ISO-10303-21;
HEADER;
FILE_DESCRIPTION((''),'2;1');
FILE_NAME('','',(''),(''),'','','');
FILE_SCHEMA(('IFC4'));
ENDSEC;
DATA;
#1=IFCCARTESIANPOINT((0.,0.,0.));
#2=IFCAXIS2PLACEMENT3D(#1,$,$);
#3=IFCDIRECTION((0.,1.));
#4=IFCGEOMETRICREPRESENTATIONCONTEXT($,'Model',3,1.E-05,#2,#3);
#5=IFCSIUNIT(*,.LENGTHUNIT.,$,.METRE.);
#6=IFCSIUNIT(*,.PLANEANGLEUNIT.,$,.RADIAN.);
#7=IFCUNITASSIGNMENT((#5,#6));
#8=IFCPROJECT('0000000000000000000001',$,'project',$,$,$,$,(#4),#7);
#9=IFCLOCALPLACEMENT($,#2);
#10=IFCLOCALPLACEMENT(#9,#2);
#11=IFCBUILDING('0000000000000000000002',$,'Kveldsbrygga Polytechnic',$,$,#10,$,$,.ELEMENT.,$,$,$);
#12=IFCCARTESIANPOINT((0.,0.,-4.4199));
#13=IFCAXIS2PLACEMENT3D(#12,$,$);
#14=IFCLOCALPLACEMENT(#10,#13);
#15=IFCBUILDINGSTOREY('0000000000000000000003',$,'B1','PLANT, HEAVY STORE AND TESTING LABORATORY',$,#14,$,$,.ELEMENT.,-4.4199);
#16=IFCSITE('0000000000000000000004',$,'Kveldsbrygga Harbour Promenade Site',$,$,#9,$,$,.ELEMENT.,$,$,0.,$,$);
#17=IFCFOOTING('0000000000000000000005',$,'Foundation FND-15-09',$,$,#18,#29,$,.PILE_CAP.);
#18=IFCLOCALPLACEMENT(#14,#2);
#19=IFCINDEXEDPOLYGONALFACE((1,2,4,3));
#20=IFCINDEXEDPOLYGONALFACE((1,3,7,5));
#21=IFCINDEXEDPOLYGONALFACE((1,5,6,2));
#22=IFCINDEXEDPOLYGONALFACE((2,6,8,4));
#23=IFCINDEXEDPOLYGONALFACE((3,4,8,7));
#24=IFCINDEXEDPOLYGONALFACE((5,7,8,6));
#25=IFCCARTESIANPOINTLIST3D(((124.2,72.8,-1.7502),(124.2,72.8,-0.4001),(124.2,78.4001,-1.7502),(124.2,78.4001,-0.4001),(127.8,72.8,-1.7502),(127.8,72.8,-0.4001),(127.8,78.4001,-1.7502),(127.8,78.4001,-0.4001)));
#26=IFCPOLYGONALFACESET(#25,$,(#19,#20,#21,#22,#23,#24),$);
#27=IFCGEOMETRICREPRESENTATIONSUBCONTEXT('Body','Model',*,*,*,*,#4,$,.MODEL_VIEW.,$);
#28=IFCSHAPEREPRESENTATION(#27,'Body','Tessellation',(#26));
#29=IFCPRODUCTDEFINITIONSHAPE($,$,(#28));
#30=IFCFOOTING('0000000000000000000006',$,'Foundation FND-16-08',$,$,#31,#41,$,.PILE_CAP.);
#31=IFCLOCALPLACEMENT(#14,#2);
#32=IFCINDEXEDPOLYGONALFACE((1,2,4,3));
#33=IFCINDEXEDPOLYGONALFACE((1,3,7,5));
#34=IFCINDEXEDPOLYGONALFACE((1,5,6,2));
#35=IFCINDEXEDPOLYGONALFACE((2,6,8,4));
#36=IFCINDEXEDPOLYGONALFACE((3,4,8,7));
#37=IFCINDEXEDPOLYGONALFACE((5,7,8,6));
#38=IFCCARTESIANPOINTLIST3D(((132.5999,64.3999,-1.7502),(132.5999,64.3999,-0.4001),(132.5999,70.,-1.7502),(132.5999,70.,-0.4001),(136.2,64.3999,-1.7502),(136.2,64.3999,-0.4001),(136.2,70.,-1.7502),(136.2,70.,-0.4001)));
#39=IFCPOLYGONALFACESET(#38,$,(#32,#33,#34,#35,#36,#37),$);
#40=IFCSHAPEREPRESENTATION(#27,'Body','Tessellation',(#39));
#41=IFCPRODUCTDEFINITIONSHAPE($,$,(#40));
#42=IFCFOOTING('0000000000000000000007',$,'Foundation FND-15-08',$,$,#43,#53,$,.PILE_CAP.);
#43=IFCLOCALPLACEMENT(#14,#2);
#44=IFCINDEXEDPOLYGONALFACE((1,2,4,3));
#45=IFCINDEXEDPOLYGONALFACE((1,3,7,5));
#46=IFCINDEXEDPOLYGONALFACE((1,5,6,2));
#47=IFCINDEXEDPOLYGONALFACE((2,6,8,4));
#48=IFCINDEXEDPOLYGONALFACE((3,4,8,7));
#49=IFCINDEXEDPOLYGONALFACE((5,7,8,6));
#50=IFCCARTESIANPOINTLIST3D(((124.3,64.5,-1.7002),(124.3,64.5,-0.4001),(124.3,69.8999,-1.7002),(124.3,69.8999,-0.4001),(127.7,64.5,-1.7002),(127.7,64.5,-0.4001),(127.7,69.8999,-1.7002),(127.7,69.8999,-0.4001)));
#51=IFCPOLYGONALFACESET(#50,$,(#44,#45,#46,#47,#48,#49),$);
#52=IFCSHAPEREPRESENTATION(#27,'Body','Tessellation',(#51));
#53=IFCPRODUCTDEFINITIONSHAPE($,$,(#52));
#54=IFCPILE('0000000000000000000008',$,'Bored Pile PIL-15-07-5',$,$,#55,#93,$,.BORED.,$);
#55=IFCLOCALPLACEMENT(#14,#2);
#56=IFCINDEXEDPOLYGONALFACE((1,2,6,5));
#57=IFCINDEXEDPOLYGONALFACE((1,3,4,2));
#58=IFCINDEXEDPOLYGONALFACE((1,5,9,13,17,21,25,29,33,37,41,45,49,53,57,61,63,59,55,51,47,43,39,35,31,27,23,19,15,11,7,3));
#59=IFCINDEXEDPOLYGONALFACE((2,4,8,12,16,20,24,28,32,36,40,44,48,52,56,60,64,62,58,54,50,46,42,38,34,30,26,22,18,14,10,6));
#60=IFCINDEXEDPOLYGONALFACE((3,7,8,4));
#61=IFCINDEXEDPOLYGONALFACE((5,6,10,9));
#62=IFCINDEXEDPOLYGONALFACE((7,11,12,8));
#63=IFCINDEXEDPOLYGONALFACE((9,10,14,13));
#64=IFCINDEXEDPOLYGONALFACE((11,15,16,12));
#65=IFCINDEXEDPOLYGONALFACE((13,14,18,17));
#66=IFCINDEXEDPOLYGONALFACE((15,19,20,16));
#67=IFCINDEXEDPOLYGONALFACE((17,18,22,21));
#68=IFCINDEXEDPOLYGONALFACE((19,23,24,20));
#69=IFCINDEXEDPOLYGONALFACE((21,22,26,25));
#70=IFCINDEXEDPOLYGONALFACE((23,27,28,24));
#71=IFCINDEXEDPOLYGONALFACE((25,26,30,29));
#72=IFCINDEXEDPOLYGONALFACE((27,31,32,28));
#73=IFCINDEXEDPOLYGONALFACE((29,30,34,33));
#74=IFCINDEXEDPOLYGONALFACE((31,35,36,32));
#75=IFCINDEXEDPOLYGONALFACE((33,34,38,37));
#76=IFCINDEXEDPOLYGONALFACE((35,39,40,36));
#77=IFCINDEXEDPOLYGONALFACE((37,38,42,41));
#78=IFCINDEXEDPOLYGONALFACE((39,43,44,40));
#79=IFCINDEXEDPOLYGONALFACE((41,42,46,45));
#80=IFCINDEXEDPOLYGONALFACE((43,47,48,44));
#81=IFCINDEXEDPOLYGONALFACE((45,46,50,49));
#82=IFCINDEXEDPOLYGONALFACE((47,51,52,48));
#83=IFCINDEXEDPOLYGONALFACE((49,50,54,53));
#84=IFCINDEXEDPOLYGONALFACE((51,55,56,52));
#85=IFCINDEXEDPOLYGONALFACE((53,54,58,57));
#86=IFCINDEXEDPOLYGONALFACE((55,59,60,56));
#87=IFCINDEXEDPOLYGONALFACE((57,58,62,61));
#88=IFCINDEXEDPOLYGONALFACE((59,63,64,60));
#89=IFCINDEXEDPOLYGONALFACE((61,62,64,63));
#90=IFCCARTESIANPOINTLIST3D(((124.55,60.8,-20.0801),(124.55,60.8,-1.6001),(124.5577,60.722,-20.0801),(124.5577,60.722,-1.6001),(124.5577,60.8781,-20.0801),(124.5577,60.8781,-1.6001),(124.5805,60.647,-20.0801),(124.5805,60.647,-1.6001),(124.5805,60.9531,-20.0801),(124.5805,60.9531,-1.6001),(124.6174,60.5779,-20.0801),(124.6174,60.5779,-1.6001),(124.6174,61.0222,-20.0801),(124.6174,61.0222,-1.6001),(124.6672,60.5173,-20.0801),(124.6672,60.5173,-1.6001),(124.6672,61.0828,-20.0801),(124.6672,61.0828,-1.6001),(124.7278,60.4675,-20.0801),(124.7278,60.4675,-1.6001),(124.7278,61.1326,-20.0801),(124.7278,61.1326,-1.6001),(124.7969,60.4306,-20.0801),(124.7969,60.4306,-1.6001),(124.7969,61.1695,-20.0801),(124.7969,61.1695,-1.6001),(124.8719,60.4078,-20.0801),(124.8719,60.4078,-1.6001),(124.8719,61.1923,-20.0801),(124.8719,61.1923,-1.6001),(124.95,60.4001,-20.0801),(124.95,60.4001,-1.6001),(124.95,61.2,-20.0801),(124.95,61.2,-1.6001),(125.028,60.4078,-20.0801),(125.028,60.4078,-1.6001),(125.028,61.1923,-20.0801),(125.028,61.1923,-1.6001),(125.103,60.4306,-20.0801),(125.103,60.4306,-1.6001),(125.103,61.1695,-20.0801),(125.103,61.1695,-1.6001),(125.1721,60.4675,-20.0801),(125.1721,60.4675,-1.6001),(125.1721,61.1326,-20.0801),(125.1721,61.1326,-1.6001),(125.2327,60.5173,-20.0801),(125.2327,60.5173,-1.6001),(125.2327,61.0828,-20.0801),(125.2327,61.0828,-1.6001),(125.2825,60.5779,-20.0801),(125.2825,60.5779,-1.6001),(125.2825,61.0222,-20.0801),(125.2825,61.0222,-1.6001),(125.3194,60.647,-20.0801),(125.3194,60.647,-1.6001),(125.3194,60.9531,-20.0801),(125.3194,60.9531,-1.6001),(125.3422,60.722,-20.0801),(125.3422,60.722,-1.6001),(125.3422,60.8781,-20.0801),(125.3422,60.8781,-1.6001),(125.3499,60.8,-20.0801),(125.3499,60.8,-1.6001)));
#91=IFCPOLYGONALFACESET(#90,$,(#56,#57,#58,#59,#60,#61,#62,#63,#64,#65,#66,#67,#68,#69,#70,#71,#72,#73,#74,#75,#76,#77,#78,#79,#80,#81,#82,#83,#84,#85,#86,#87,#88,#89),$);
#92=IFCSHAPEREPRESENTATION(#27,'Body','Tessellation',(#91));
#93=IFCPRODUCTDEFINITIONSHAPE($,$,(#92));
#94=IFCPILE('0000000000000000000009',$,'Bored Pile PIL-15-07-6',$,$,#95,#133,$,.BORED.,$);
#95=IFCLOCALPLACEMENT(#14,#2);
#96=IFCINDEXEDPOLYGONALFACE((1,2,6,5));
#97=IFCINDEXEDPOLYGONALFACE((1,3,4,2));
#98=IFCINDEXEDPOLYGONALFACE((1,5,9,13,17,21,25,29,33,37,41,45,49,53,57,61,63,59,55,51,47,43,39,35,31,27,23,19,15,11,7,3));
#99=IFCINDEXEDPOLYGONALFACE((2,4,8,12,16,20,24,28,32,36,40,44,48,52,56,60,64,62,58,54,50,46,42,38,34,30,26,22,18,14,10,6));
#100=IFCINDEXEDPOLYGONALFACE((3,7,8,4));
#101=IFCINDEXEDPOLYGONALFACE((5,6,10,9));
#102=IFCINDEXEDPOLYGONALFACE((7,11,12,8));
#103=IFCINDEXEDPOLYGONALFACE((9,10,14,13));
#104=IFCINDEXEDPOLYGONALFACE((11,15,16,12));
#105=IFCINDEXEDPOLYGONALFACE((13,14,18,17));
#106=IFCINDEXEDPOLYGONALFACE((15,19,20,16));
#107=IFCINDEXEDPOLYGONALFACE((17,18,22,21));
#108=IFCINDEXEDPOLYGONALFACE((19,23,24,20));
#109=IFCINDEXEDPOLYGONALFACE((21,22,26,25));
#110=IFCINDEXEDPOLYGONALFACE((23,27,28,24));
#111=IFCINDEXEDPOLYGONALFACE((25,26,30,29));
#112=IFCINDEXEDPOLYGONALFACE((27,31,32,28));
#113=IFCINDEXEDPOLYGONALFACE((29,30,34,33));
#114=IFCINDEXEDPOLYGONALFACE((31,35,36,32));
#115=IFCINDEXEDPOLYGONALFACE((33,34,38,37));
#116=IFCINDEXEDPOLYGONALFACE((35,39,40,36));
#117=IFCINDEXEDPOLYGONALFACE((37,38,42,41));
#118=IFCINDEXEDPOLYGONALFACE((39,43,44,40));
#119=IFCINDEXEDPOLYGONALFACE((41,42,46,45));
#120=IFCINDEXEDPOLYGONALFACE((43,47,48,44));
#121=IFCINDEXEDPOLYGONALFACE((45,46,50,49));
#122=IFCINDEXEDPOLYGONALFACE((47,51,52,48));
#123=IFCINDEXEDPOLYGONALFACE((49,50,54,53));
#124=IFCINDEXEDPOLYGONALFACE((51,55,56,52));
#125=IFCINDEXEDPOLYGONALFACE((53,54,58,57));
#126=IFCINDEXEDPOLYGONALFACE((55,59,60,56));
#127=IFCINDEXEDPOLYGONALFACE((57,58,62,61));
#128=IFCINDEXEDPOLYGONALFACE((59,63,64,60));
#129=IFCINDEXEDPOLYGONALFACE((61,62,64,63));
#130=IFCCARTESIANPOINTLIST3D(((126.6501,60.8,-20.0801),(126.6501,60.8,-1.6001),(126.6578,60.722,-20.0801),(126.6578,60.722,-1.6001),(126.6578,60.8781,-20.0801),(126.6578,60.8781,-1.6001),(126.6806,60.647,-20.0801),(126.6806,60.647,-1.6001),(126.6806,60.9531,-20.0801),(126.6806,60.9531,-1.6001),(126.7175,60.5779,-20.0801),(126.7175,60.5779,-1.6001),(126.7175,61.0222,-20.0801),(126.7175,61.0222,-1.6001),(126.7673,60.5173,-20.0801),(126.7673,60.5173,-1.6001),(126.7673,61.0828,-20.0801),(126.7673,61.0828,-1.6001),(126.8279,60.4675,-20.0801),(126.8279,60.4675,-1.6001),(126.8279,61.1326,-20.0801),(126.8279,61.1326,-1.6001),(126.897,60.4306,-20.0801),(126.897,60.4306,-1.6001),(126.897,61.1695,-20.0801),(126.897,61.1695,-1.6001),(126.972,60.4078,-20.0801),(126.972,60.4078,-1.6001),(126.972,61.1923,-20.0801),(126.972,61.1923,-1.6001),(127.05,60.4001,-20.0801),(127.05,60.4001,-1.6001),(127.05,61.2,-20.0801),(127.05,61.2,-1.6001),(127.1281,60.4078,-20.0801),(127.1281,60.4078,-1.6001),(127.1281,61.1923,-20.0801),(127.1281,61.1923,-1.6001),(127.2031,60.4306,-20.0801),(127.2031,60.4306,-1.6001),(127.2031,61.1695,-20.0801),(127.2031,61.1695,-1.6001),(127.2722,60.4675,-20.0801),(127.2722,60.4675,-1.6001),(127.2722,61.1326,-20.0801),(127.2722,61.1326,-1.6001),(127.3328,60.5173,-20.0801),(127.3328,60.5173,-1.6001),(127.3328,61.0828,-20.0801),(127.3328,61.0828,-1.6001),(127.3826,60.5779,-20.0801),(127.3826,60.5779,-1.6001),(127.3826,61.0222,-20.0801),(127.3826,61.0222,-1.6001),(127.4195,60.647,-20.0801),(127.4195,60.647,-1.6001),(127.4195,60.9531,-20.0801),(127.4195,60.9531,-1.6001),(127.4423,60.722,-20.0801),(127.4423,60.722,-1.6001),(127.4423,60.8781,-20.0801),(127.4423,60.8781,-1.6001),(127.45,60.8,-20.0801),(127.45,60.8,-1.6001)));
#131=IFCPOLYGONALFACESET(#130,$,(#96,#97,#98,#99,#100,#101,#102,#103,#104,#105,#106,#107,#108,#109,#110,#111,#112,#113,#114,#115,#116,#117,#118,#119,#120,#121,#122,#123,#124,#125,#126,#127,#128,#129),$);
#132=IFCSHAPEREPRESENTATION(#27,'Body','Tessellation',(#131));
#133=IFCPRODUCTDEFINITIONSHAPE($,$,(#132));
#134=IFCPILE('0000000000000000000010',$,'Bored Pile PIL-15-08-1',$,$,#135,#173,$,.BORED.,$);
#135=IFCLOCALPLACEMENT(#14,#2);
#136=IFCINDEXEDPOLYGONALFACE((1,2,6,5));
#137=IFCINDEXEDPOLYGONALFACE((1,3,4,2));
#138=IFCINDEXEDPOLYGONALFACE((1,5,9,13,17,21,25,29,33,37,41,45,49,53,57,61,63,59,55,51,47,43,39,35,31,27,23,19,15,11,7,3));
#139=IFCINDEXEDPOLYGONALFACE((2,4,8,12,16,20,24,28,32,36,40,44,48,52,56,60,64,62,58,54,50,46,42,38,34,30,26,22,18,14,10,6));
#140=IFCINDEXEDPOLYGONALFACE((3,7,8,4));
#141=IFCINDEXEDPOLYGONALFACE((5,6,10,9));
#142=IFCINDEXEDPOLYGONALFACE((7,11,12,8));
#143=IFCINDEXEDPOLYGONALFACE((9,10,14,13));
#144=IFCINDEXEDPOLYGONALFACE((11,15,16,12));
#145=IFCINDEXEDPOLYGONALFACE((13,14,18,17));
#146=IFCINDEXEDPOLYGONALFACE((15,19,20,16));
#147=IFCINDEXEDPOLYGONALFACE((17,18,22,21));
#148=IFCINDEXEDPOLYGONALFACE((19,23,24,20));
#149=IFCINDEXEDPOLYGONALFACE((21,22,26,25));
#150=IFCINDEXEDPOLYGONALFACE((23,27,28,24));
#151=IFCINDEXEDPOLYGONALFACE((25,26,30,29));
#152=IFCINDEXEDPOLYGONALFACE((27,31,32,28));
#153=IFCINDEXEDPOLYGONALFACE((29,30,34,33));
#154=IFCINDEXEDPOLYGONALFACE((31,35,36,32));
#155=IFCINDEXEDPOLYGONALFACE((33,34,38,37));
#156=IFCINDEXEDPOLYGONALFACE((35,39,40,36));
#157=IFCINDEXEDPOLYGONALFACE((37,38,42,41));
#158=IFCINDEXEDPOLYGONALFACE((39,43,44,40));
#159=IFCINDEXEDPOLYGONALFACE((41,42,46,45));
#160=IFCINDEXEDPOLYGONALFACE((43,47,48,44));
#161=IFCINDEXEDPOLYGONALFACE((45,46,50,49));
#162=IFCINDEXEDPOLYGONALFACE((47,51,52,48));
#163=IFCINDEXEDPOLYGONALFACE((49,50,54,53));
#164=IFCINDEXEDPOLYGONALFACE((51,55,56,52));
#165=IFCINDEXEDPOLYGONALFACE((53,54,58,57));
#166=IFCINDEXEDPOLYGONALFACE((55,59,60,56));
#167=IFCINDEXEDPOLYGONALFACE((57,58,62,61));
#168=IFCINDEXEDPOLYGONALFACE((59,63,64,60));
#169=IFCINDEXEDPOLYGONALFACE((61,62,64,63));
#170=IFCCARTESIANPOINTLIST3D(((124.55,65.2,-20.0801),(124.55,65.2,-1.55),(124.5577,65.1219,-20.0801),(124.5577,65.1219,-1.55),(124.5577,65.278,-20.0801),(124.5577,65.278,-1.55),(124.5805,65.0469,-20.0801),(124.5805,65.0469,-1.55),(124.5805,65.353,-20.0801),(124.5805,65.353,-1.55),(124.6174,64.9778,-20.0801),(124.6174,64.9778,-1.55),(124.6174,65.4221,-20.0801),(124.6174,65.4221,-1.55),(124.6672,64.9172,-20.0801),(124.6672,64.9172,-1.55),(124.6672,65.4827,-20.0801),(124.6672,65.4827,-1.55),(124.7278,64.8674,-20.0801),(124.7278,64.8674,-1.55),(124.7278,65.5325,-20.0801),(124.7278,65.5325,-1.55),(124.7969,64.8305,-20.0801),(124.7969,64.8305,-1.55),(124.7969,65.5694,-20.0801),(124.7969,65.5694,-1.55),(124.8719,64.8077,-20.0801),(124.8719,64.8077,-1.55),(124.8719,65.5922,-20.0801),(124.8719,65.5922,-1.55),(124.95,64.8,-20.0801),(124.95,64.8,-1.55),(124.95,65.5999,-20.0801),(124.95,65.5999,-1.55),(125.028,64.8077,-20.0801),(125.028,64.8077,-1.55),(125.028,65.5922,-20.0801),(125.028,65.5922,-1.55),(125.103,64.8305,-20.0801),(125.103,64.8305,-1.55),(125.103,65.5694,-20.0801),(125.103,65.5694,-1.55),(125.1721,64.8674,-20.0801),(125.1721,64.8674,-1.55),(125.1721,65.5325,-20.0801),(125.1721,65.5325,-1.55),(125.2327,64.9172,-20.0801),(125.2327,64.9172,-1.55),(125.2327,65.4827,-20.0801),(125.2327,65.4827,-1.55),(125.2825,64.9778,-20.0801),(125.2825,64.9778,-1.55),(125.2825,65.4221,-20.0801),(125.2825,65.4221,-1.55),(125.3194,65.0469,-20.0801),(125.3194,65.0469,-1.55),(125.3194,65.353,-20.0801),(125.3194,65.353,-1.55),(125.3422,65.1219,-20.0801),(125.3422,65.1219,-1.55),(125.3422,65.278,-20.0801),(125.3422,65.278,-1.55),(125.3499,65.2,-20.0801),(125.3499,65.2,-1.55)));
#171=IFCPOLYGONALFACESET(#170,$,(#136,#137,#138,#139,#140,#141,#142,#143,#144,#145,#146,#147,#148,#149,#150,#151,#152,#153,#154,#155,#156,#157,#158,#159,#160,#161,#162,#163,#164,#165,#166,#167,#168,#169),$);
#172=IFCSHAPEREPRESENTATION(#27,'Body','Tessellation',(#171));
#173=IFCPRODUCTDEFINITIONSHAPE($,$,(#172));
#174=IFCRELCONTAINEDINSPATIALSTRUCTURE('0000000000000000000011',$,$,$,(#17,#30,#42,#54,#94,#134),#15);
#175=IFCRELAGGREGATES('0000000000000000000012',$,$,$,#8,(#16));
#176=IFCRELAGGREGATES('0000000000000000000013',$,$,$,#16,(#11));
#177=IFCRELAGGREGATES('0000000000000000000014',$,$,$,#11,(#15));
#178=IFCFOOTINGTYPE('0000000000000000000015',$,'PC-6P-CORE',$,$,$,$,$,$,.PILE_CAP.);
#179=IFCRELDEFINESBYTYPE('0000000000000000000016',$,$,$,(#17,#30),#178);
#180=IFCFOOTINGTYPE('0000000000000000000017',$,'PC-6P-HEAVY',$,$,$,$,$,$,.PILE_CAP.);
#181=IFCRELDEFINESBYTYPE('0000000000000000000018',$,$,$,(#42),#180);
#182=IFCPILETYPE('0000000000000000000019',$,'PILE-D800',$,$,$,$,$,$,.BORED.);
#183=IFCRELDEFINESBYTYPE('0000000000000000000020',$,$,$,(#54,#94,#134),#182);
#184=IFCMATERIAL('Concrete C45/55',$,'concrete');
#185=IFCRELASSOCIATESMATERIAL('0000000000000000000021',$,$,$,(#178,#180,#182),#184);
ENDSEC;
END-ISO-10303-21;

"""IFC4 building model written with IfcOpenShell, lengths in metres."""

from ifc_helpers import new_model, si_unit, direction, frame, origin, origin_2d, place, context, subcontext, project, spatial, rectangle, circle, extrude, material, material_profile, profile_set, type_object, element, save


model = new_model("IFC4")

# Units and contexts
model_context = context("Model", 3, precision=1e-05, world=origin(), true_north=direction((0.0, 1.0)))
body_context = subcontext(model_context, "Body", "Model", "MODEL_VIEW")
ifc_project = project(units=[si_unit("LENGTHUNIT", "METRE"), si_unit("PLANEANGLEUNIT", "RADIAN")], contexts=[model_context])

# Site, building, storey
site_placement = place(None, origin())
site = spatial("IfcSite", under=ifc_project, at=site_placement, Name="Kveldsbrygga Harbour Promenade Site", CompositionType="ELEMENT", RefElevation=0.0)
building_placement = place(site_placement, origin())
building = spatial("IfcBuilding", under=site, at=building_placement, Name="Kveldsbrygga Polytechnic", CompositionType="ELEMENT")
storey_placement = place(building_placement, frame((0.0, 0.0, -4.4199)))
storey = spatial("IfcBuildingStorey", under=building, at=storey_placement, Name="B1", Description="PLANT, HEAVY STORE AND TESTING LABORATORY", CompositionType="ELEMENT", Elevation=-4.4199)

# Footings
ifc_material_1 = material(Name="Concrete C45/55", Category="concrete")
footing_type_1 = type_object("IfcFootingType", Name="PC-6P-CORE", PredefinedType="PILE_CAP", material=ifc_material_1)
for number, where, z_axis, x_axis, name in (
    (1, (126.0, 75.6001, -1.7502), (0.0, 0.0, 1.0), (1.0, 0.0, 0.0), "Foundation FND-15-09"),
    (2, (134.3999, 67.2, -1.7502), (0.0, 0.0, 1.0), (1.0, 0.0, 0.0), "Foundation FND-16-08"),
):
    element("IfcFooting", number, at=place(storey_placement, frame(where, z_axis=z_axis, x_axis=x_axis)), inside=storey, type_object=footing_type_1, Name=name, PredefinedType="PILE_CAP", context=body_context, shape_type="SweptSolid", body=[
        extrude(rectangle(XDim=3.6001, YDim=5.6001, at=origin_2d()), origin(), (0.0, 0.0, 1.0), 1.3501),
    ])
footing_type_2 = type_object("IfcFootingType", Name="PC-6P-HEAVY", PredefinedType="PILE_CAP", material=ifc_material_1)
footing_placement = place(storey_placement, frame((126.0, 67.2, -1.7002), z_axis=(0.0, 0.0, 1.0), x_axis=(1.0, 0.0, 0.0)))
element("IfcFooting", 3, at=footing_placement, inside=storey, type_object=footing_type_2, Name="Foundation FND-15-08", PredefinedType="PILE_CAP", context=body_context, shape_type="SweptSolid", body=[
    extrude(rectangle(XDim=3.3999, YDim=5.3999, at=origin_2d()), origin(), (0.0, 0.0, 1.0), 1.3),
])

# Piles
ifc_material_profile_1 = material_profile(ifc_material_1, circle(Radius=0.3999, at=origin_2d()), Name="PILE D800")
ifc_profile_set_1 = profile_set([ifc_material_profile_1], Name="Concrete C45/55")
pile_type = type_object("IfcPileType", Name="PILE-D800", PredefinedType="BORED", material=ifc_profile_set_1)
for number, where, z_axis, x_axis, name in (
    (4, (124.95, 60.8, -1.6001), (0.0, 0.0, -1.0), (1.0, 0.0, 0.0), "Bored Pile PIL-15-07-5"),
    (5, (127.05, 60.8, -1.6001), (0.0, 0.0, -1.0), (1.0, 0.0, 0.0), "Bored Pile PIL-15-07-6"),
):
    element("IfcPile", number, at=place(storey_placement, frame(where, z_axis=z_axis, x_axis=x_axis)), inside=storey, type_object=pile_type, Name=name, PredefinedType="BORED", context=body_context, shape_type="SweptSolid", body=[
        extrude(circle(Radius=0.3999, at=origin_2d()), origin(), (0.0, 0.0, 1.0), 18.48),
    ])
for number, where, z_axis, x_axis, name in (
    (6, (124.95, 65.2, -1.55), (0.0, 0.0, -1.0), (1.0, 0.0, 0.0), "Bored Pile PIL-15-08-1"),
):
    element("IfcPile", number, at=place(storey_placement, frame(where, z_axis=z_axis, x_axis=x_axis)), inside=storey, type_object=pile_type, Name=name, PredefinedType="BORED", context=body_context, shape_type="SweptSolid", body=[
        extrude(circle(Radius=0.3999, at=origin_2d()), origin(), (0.0, 0.0, 1.0), 18.53),
    ])

save(model, "model.ifc")
